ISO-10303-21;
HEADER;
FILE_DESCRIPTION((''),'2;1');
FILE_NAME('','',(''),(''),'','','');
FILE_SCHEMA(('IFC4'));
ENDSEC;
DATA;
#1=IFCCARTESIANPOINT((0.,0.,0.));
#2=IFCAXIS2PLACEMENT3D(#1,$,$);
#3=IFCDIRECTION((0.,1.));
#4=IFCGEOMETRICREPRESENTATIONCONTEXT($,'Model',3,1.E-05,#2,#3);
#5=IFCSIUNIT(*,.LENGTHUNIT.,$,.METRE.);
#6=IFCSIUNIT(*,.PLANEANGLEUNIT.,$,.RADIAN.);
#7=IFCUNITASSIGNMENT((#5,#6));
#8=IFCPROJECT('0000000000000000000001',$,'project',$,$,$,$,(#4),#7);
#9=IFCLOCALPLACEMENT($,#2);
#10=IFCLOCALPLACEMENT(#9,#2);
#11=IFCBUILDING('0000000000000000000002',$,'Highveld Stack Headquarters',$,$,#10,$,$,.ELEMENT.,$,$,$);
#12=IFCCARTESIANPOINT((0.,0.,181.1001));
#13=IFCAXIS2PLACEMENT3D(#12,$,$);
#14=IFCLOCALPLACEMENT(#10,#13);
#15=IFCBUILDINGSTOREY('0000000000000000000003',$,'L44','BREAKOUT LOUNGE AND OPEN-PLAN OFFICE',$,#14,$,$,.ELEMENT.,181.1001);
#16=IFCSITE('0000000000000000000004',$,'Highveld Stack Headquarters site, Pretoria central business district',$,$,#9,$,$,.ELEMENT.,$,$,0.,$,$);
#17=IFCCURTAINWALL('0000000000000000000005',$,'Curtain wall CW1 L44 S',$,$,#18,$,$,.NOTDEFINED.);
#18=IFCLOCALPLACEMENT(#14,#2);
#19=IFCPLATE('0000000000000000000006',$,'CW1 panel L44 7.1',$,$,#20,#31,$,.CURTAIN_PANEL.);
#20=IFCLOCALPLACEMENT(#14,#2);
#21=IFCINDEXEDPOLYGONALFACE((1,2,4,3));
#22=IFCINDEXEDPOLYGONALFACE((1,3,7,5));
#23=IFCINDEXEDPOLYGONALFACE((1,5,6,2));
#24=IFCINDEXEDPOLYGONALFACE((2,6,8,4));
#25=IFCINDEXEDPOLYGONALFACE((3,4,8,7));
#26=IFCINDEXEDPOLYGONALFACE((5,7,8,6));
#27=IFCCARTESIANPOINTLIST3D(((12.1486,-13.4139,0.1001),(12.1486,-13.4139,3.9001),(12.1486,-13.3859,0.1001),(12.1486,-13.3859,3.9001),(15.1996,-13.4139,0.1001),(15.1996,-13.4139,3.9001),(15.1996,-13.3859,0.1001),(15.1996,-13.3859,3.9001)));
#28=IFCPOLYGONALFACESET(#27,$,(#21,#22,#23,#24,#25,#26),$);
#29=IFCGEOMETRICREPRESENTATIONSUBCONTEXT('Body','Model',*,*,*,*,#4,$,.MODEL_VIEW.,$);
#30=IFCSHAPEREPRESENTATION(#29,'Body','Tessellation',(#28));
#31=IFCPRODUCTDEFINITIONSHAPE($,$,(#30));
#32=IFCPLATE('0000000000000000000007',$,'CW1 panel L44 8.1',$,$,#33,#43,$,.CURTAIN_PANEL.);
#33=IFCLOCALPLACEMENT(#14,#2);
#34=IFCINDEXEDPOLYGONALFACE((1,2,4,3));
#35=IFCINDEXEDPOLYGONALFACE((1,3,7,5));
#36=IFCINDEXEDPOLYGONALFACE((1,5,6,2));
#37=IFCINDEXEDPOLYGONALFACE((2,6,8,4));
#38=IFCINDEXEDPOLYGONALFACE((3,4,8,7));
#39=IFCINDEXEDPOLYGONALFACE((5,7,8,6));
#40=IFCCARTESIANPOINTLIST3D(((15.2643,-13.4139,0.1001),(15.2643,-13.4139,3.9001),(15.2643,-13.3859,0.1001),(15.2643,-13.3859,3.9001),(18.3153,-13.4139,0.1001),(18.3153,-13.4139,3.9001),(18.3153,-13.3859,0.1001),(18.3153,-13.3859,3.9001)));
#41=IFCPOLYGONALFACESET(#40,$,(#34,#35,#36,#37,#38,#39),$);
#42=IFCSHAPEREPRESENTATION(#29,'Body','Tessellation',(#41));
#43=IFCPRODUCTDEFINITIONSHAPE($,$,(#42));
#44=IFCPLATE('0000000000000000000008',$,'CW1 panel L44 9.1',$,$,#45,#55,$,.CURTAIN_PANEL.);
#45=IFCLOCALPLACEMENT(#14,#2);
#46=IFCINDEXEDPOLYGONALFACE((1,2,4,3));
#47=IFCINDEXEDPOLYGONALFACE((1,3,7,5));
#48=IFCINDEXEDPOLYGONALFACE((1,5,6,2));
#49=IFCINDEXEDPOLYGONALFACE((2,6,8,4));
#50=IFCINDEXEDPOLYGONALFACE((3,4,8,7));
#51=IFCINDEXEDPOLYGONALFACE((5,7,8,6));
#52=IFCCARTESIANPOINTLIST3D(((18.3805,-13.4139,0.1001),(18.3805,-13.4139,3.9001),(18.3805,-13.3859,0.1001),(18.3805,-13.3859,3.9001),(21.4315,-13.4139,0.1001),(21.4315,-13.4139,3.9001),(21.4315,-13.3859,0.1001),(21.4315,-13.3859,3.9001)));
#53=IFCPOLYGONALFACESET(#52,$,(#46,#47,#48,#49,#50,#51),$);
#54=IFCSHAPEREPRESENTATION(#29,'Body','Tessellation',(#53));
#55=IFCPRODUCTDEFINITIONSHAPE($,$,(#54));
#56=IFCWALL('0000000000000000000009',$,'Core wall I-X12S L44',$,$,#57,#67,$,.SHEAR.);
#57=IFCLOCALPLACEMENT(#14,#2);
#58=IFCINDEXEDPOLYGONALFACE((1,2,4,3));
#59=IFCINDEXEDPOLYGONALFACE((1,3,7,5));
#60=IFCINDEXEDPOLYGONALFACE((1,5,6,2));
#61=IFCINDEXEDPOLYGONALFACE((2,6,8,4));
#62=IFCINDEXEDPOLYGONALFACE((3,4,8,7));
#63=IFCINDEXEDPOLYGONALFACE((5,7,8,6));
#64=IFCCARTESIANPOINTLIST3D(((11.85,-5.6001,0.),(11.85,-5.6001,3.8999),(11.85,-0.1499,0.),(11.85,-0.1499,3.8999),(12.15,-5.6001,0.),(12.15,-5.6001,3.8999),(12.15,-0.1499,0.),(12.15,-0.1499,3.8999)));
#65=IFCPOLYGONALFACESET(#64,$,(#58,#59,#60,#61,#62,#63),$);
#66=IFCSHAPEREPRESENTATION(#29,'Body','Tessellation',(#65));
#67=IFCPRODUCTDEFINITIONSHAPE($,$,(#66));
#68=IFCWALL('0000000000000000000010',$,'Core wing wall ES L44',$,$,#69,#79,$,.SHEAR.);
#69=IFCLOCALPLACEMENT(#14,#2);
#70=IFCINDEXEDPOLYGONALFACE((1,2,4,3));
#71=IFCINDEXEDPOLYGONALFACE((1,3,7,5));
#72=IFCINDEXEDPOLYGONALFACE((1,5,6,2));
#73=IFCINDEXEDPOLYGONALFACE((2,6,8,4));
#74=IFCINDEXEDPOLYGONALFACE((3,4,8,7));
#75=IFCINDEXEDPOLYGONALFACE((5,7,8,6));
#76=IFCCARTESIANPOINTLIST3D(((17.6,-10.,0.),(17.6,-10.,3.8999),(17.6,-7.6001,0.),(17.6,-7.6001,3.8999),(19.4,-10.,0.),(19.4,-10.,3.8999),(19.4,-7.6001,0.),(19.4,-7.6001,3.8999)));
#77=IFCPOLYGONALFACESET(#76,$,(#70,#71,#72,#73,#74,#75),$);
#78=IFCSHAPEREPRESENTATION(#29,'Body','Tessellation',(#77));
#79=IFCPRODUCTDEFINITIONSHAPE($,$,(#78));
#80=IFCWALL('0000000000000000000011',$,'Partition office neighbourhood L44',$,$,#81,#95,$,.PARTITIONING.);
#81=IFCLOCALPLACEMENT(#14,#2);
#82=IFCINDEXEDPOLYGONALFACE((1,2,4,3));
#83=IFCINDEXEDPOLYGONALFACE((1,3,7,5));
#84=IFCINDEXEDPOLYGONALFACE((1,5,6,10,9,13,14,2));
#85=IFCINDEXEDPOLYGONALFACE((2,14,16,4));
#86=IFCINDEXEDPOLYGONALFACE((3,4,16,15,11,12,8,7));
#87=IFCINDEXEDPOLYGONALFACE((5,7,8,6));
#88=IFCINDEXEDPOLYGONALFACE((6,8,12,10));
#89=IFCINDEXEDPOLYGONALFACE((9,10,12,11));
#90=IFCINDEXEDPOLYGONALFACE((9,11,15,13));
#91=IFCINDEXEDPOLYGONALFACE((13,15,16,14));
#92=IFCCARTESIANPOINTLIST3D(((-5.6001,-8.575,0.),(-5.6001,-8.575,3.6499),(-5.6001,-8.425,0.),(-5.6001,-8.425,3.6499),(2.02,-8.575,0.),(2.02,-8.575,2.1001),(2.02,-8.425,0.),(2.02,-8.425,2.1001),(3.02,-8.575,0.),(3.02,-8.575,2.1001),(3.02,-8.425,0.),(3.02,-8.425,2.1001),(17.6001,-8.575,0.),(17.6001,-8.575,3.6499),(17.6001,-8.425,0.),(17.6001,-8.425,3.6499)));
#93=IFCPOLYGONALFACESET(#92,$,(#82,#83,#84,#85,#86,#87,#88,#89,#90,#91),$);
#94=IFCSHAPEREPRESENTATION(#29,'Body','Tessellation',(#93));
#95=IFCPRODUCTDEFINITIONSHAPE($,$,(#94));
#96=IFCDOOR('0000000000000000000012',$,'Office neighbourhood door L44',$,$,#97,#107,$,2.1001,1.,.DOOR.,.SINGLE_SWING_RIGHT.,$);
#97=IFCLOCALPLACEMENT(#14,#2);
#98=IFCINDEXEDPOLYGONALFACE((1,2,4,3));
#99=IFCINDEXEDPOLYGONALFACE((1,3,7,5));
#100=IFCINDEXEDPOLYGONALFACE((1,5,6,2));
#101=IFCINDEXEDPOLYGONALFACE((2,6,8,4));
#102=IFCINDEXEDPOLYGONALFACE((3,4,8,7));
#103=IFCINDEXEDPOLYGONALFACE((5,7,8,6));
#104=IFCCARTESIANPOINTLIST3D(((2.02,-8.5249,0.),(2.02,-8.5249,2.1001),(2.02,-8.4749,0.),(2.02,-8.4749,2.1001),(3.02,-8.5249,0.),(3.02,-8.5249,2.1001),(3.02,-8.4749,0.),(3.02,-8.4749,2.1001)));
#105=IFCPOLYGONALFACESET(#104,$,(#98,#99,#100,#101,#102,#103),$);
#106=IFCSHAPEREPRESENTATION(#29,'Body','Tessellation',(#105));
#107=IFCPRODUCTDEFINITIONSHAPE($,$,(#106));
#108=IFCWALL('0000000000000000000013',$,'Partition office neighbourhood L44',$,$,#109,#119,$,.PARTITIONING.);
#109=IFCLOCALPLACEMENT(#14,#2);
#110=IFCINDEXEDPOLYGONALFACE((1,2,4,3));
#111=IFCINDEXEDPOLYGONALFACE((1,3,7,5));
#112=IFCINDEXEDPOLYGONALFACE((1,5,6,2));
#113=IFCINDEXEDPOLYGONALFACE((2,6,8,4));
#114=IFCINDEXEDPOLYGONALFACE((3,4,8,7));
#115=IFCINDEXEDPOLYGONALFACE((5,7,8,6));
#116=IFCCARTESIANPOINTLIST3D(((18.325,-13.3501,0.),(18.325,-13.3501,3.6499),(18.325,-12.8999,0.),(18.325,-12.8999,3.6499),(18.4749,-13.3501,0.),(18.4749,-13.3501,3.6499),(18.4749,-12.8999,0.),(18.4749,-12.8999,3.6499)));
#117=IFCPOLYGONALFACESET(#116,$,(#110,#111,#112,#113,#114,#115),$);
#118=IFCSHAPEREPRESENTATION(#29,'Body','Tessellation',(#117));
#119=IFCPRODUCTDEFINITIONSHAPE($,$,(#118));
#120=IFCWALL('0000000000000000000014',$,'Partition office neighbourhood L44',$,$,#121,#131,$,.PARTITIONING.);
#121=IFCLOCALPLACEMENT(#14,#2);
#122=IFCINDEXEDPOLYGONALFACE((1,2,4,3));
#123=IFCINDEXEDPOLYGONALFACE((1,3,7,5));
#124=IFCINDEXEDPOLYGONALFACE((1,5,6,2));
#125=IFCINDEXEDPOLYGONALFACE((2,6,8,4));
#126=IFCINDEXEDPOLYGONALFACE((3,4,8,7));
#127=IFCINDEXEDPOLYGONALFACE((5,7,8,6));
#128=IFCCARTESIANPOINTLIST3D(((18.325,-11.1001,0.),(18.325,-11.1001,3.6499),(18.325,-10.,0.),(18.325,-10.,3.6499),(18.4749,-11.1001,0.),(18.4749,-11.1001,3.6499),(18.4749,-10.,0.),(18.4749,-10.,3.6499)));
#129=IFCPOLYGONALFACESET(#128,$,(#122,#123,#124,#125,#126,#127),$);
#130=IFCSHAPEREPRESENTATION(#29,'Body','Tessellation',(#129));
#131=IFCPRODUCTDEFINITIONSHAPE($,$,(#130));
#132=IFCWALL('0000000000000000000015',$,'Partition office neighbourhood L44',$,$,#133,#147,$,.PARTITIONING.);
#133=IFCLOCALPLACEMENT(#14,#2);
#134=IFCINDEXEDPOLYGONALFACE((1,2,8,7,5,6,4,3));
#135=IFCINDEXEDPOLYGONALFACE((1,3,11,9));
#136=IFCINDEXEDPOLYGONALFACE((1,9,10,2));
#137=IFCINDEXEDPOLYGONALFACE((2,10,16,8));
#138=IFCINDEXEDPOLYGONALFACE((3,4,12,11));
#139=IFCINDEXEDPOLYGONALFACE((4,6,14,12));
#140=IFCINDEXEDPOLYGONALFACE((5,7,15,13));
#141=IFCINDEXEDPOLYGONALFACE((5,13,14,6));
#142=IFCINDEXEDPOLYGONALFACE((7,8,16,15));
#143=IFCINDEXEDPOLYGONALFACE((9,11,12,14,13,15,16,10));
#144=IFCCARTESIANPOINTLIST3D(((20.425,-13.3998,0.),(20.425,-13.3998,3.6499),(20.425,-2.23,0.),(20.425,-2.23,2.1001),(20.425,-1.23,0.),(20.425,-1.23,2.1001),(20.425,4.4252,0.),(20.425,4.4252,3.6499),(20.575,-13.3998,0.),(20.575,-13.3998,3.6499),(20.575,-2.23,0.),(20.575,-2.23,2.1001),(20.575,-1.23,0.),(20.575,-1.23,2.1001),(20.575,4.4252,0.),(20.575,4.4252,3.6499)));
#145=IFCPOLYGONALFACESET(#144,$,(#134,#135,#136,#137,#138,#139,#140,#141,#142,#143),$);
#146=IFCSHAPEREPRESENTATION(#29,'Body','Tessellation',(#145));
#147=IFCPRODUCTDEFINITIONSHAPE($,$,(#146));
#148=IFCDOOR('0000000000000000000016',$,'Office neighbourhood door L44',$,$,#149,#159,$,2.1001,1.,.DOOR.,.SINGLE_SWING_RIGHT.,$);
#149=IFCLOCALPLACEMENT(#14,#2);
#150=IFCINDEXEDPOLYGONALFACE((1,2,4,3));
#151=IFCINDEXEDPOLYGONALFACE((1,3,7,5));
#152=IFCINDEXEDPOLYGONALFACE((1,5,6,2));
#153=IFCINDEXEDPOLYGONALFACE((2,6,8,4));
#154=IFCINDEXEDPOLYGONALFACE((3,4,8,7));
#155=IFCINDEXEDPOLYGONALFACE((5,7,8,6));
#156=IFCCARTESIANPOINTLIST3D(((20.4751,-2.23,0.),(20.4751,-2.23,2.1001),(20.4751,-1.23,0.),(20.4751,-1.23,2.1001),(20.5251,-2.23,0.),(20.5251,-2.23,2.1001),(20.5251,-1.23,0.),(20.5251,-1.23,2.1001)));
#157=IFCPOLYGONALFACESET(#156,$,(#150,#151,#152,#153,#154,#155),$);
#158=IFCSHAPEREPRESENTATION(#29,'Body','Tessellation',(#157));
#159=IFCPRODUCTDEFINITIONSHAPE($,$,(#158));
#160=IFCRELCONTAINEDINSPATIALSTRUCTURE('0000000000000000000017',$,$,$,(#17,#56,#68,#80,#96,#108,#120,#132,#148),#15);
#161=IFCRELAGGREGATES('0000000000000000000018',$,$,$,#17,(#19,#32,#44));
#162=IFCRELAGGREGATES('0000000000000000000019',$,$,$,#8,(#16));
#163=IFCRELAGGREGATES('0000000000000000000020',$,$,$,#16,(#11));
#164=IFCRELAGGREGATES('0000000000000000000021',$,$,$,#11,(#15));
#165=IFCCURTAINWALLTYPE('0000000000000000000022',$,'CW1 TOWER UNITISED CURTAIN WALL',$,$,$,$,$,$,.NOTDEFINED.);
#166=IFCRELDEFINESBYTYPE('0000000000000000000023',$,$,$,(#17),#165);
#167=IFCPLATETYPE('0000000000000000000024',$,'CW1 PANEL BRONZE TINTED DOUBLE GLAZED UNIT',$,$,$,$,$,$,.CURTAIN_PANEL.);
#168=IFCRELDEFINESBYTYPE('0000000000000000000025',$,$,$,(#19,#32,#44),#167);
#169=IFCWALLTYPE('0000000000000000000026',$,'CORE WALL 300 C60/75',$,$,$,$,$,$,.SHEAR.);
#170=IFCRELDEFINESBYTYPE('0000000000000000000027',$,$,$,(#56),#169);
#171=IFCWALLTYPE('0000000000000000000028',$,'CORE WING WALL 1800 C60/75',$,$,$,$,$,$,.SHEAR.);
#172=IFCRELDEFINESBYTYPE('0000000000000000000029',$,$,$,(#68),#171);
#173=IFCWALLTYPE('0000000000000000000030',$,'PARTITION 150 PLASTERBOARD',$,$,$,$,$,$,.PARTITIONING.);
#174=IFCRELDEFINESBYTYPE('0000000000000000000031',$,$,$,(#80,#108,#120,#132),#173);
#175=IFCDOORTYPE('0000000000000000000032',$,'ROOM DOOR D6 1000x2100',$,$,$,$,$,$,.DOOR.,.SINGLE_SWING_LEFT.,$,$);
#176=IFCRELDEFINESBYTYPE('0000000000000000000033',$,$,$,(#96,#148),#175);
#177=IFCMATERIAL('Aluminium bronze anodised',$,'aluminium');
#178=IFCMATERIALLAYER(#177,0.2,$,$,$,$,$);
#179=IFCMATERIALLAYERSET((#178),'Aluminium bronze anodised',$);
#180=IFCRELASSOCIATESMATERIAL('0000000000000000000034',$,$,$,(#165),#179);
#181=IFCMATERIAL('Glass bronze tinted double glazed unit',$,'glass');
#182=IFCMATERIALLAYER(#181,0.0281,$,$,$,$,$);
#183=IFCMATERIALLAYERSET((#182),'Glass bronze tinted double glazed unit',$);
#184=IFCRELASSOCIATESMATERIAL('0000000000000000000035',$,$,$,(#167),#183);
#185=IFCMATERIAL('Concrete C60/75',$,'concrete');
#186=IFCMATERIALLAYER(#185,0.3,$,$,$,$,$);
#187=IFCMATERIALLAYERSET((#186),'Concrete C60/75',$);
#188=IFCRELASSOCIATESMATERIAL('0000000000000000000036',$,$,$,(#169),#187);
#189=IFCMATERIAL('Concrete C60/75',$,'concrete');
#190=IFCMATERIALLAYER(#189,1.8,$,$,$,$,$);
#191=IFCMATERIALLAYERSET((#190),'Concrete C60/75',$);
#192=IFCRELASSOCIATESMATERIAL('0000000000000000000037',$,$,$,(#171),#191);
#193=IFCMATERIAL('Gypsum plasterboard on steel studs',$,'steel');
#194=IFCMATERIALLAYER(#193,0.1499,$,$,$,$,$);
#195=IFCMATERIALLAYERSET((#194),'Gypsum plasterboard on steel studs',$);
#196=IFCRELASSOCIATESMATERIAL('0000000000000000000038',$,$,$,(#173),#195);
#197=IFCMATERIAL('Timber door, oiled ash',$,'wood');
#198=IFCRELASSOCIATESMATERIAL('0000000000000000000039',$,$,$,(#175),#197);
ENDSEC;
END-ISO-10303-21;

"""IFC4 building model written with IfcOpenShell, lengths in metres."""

from ifc_helpers import new_model, si_unit, direction, frame, frame_2d, origin, origin_2d, place, context, subcontext, project, spatial, rectangle, extrude, material, layer, layer_set, type_object, element, fill, aggregate, save


model = new_model("IFC4")

# Units and contexts
model_context = context("Model", 3, precision=1e-05, world=origin(), true_north=direction((0.0, 1.0)))
body_context = subcontext(model_context, "Body", "Model", "MODEL_VIEW")
ifc_project = project(units=[si_unit("LENGTHUNIT", "METRE"), si_unit("PLANEANGLEUNIT", "RADIAN")], contexts=[model_context])

# Site, building, storey
site_placement = place(None, origin())
site = spatial("IfcSite", under=ifc_project, at=site_placement, Name="Highveld Stack Headquarters site, Pretoria central business district", CompositionType="ELEMENT", RefElevation=0.0)
building_placement = place(site_placement, origin())
building = spatial("IfcBuilding", under=site, at=building_placement, Name="Highveld Stack Headquarters", CompositionType="ELEMENT")
storey_placement = place(building_placement, frame((0.0, 0.0, 181.1001)))
storey = spatial("IfcBuildingStorey", under=building, at=storey_placement, Name="L44", Description="BREAKOUT LOUNGE AND OPEN-PLAN OFFICE", CompositionType="ELEMENT", Elevation=181.1001)

# Curtain wall, plates
ifc_material_1 = material(Name="Aluminium bronze anodised", Category="aluminium")
ifc_layer_1 = layer(ifc_material_1, 0.2)
ifc_layer_set_1 = layer_set([ifc_layer_1], Name="Aluminium bronze anodised")
curtain_wall_type = type_object("IfcCurtainWallType", Name="CW1 TOWER UNITISED CURTAIN WALL", PredefinedType="NOTDEFINED", material=ifc_layer_set_1)
curtain_wall_placement = place(storey_placement, origin())
curtain_wall = element("IfcCurtainWall", 1, at=curtain_wall_placement, inside=storey, type_object=curtain_wall_type, Name="Curtain wall CW1 L44 S", PredefinedType="NOTDEFINED")
ifc_material_2 = material(Name="Glass bronze tinted double glazed unit", Category="glass")
ifc_layer_2 = layer(ifc_material_2, 0.0281)
ifc_layer_set_2 = layer_set([ifc_layer_2], Name="Glass bronze tinted double glazed unit")
plate_type = type_object("IfcPlateType", Name="CW1 PANEL BRONZE TINTED DOUBLE GLAZED UNIT", PredefinedType="CURTAIN_PANEL", material=ifc_layer_set_2)
plate_1_placement = place(storey_placement, frame((13.6741, -13.3999, 0.1001), z_axis=(0.0, 0.0, 1.0), x_axis=(1.0, 0.0, 0.0)))
plate_1 = element("IfcPlate", 2, at=plate_1_placement, type_object=plate_type, Name="CW1 panel L44 7.1", PredefinedType="CURTAIN_PANEL", context=body_context, shape_type="SweptSolid", body=[
    extrude(rectangle(XDim=3.051, YDim=0.0281, at=origin_2d()), origin(), (0.0, 0.0, 1.0), 3.8),
])
plate_2_placement = place(storey_placement, frame((16.7898, -13.3999, 0.1001), z_axis=(0.0, 0.0, 1.0), x_axis=(1.0, 0.0, 0.0)))
plate_2 = element("IfcPlate", 3, at=plate_2_placement, type_object=plate_type, Name="CW1 panel L44 8.1", PredefinedType="CURTAIN_PANEL", context=body_context, shape_type="SweptSolid", body=[
    extrude(rectangle(XDim=3.051, YDim=0.0281, at=origin_2d()), origin(), (0.0, 0.0, 1.0), 3.8),
])
plate_3_placement = place(storey_placement, frame((19.906, -13.3999, 0.1001), z_axis=(0.0, 0.0, 1.0), x_axis=(1.0, 0.0, 0.0)))
plate_3 = element("IfcPlate", 4, at=plate_3_placement, type_object=plate_type, Name="CW1 panel L44 9.1", PredefinedType="CURTAIN_PANEL", context=body_context, shape_type="SweptSolid", body=[
    extrude(rectangle(XDim=3.051, YDim=0.0281, at=origin_2d()), origin(), (0.0, 0.0, 1.0), 3.8),
])
aggregate(curtain_wall, [plate_1, plate_2, plate_3])

# Walls
ifc_material_3 = material(Name="Concrete C60/75", Category="concrete")
ifc_layer_3 = layer(ifc_material_3, 0.3)
ifc_layer_set_3 = layer_set([ifc_layer_3], Name="Concrete C60/75")
wall_type_1 = type_object("IfcWallType", Name="CORE WALL 300 C60/75", PredefinedType="SHEAR", material=ifc_layer_set_3)
wall_1_placement = place(storey_placement, frame((12.0, -5.6001, 0.0), z_axis=(0.0, 0.0, 1.0), x_axis=(0.0, 1.0, 0.0)))
element("IfcWall", 5, at=wall_1_placement, inside=storey, type_object=wall_type_1, Name="Core wall I-X12S L44", PredefinedType="SHEAR", context=body_context, shape_type="SweptSolid", body=[
    extrude(rectangle(XDim=5.4502, YDim=0.3, at=frame_2d((2.7251, 0.0))), origin(), (0.0, 0.0, 1.0), 3.8999),
])
ifc_material_4 = material(Name="Concrete C60/75", Category="concrete")
ifc_layer_4 = layer(ifc_material_4, 1.8)
ifc_layer_set_4 = layer_set([ifc_layer_4], Name="Concrete C60/75")
wall_type_2 = type_object("IfcWallType", Name="CORE WING WALL 1800 C60/75", PredefinedType="SHEAR", material=ifc_layer_set_4)
wall_2_placement = place(storey_placement, frame((18.5, -10.0, 0.0), z_axis=(0.0, 0.0, 1.0), x_axis=(0.0, 1.0, 0.0)))
element("IfcWall", 6, at=wall_2_placement, inside=storey, type_object=wall_type_2, Name="Core wing wall ES L44", PredefinedType="SHEAR", context=body_context, shape_type="SweptSolid", body=[
    extrude(rectangle(XDim=2.3999, YDim=1.8, at=frame_2d((1.2, 0.0))), origin(), (0.0, 0.0, 1.0), 3.8999),
])

# Wall, opening, door
ifc_material_5 = material(Name="Gypsum plasterboard on steel studs", Category="steel")
ifc_layer_5 = layer(ifc_material_5, 0.1499)
ifc_layer_set_5 = layer_set([ifc_layer_5], Name="Gypsum plasterboard on steel studs")
wall_type_3 = type_object("IfcWallType", Name="PARTITION 150 PLASTERBOARD", PredefinedType="PARTITIONING", material=ifc_layer_set_5)
wall_3_placement = place(storey_placement, frame((17.6001, -8.5, 0.0), z_axis=(0.0, 0.0, 1.0), x_axis=(-1.0, 0.0, 0.0)))
wall_3 = element("IfcWall", 7, at=wall_3_placement, inside=storey, type_object=wall_type_3, Name="Partition office neighbourhood L44", PredefinedType="PARTITIONING", context=body_context, shape_type="SweptSolid", body=[
    extrude(rectangle(XDim=23.2002, YDim=0.1499, at=frame_2d((11.6001, 0.0))), origin(), (0.0, 0.0, 1.0), 3.6499),
])
opening_1_placement = place(wall_3_placement, frame((14.5801, 0.0, 0.0)))
opening_1 = element("IfcOpeningElement", 8, at=opening_1_placement, cuts=wall_3, PredefinedType="OPENING", context=body_context, shape_type="SweptSolid", body=[
    extrude(rectangle(XDim=1.0, YDim=2.1001, at=frame_2d((0.5, 1.05))), frame((0.0, 0.085, 0.0), z_axis=(0.0, -1.0, 0.0), x_axis=(1.0, 0.0, 0.0)), (0.0, 0.0, 1.0), 0.1699),
])
ifc_material_6 = material(Name="Timber door, oiled ash", Category="wood")
door_type_1 = type_object("IfcDoorType", Name="ROOM DOOR D6 1000x2100", OperationType="SINGLE_SWING_LEFT", PredefinedType="DOOR", material=ifc_material_6)
door_1_placement = place(opening_1_placement, origin())
door_1 = element("IfcDoor", 9, at=door_1_placement, inside=storey, type_object=door_type_1, Name="Office neighbourhood door L44", OperationType="SINGLE_SWING_RIGHT", OverallHeight=2.1001, OverallWidth=1.0, PredefinedType="DOOR", context=body_context, shape_type="SweptSolid", body=[
    extrude(rectangle(XDim=1.0, YDim=2.1001, at=frame_2d((0.5, 1.05))), frame((0.0, 0.0249, 0.0), z_axis=(0.0, -1.0, 0.0), x_axis=(1.0, 0.0, 0.0)), (0.0, 0.0, 1.0), 0.05),
])
fill(opening_1, door_1)

# Walls
wall_4_placement = place(storey_placement, frame((18.3999, -13.3501, 0.0), z_axis=(0.0, 0.0, 1.0), x_axis=(0.0, 1.0, 0.0)))
element("IfcWall", 10, at=wall_4_placement, inside=storey, type_object=wall_type_3, Name="Partition office neighbourhood L44", PredefinedType="PARTITIONING", context=body_context, shape_type="SweptSolid", body=[
    extrude(rectangle(XDim=0.4502, YDim=0.1499, at=frame_2d((0.2251, 0.0))), origin(), (0.0, 0.0, 1.0), 3.6499),
])
wall_5_placement = place(storey_placement, frame((18.3999, -11.1001, 0.0), z_axis=(0.0, 0.0, 1.0), x_axis=(0.0, 1.0, 0.0)))
element("IfcWall", 11, at=wall_5_placement, inside=storey, type_object=wall_type_3, Name="Partition office neighbourhood L44", PredefinedType="PARTITIONING", context=body_context, shape_type="SweptSolid", body=[
    extrude(rectangle(XDim=1.1001, YDim=0.1499, at=frame_2d((0.55, 0.0))), origin(), (0.0, 0.0, 1.0), 3.6499),
])

# Wall, opening, door
wall_6_placement = place(storey_placement, frame((20.5, -13.3999, 0.0), z_axis=(0.0, 0.0, 1.0), x_axis=(0.0, 1.0, 0.0)))
wall_6 = element("IfcWall", 12, at=wall_6_placement, inside=storey, type_object=wall_type_3, Name="Partition office neighbourhood L44", PredefinedType="PARTITIONING", context=body_context, shape_type="SweptSolid", body=[
    extrude(rectangle(XDim=17.825, YDim=0.1499, at=frame_2d((8.9126, 0.0))), origin(), (0.0, 0.0, 1.0), 3.6499),
])
opening_2_placement = place(wall_6_placement, frame((11.1699, 0.0, 0.0)))
opening_2 = element("IfcOpeningElement", 13, at=opening_2_placement, cuts=wall_6, PredefinedType="OPENING", context=body_context, shape_type="SweptSolid", body=[
    extrude(rectangle(XDim=1.0, YDim=2.1001, at=frame_2d((0.5, 1.05))), frame((0.0, 0.085, 0.0), z_axis=(0.0, -1.0, 0.0), x_axis=(1.0, 0.0, 0.0)), (0.0, 0.0, 1.0), 0.1699),
])
door_2_placement = place(opening_2_placement, origin())
door_2 = element("IfcDoor", 14, at=door_2_placement, inside=storey, type_object=door_type_1, Name="Office neighbourhood door L44", OperationType="SINGLE_SWING_RIGHT", OverallHeight=2.1001, OverallWidth=1.0, PredefinedType="DOOR", context=body_context, shape_type="SweptSolid", body=[
    extrude(rectangle(XDim=1.0, YDim=2.1001, at=frame_2d((0.5, 1.05))), frame((0.0, 0.0249, 0.0), z_axis=(0.0, -1.0, 0.0), x_axis=(1.0, 0.0, 0.0)), (0.0, 0.0, 1.0), 0.05),
])
fill(opening_2, door_2)

save(model, "model.ifc")
